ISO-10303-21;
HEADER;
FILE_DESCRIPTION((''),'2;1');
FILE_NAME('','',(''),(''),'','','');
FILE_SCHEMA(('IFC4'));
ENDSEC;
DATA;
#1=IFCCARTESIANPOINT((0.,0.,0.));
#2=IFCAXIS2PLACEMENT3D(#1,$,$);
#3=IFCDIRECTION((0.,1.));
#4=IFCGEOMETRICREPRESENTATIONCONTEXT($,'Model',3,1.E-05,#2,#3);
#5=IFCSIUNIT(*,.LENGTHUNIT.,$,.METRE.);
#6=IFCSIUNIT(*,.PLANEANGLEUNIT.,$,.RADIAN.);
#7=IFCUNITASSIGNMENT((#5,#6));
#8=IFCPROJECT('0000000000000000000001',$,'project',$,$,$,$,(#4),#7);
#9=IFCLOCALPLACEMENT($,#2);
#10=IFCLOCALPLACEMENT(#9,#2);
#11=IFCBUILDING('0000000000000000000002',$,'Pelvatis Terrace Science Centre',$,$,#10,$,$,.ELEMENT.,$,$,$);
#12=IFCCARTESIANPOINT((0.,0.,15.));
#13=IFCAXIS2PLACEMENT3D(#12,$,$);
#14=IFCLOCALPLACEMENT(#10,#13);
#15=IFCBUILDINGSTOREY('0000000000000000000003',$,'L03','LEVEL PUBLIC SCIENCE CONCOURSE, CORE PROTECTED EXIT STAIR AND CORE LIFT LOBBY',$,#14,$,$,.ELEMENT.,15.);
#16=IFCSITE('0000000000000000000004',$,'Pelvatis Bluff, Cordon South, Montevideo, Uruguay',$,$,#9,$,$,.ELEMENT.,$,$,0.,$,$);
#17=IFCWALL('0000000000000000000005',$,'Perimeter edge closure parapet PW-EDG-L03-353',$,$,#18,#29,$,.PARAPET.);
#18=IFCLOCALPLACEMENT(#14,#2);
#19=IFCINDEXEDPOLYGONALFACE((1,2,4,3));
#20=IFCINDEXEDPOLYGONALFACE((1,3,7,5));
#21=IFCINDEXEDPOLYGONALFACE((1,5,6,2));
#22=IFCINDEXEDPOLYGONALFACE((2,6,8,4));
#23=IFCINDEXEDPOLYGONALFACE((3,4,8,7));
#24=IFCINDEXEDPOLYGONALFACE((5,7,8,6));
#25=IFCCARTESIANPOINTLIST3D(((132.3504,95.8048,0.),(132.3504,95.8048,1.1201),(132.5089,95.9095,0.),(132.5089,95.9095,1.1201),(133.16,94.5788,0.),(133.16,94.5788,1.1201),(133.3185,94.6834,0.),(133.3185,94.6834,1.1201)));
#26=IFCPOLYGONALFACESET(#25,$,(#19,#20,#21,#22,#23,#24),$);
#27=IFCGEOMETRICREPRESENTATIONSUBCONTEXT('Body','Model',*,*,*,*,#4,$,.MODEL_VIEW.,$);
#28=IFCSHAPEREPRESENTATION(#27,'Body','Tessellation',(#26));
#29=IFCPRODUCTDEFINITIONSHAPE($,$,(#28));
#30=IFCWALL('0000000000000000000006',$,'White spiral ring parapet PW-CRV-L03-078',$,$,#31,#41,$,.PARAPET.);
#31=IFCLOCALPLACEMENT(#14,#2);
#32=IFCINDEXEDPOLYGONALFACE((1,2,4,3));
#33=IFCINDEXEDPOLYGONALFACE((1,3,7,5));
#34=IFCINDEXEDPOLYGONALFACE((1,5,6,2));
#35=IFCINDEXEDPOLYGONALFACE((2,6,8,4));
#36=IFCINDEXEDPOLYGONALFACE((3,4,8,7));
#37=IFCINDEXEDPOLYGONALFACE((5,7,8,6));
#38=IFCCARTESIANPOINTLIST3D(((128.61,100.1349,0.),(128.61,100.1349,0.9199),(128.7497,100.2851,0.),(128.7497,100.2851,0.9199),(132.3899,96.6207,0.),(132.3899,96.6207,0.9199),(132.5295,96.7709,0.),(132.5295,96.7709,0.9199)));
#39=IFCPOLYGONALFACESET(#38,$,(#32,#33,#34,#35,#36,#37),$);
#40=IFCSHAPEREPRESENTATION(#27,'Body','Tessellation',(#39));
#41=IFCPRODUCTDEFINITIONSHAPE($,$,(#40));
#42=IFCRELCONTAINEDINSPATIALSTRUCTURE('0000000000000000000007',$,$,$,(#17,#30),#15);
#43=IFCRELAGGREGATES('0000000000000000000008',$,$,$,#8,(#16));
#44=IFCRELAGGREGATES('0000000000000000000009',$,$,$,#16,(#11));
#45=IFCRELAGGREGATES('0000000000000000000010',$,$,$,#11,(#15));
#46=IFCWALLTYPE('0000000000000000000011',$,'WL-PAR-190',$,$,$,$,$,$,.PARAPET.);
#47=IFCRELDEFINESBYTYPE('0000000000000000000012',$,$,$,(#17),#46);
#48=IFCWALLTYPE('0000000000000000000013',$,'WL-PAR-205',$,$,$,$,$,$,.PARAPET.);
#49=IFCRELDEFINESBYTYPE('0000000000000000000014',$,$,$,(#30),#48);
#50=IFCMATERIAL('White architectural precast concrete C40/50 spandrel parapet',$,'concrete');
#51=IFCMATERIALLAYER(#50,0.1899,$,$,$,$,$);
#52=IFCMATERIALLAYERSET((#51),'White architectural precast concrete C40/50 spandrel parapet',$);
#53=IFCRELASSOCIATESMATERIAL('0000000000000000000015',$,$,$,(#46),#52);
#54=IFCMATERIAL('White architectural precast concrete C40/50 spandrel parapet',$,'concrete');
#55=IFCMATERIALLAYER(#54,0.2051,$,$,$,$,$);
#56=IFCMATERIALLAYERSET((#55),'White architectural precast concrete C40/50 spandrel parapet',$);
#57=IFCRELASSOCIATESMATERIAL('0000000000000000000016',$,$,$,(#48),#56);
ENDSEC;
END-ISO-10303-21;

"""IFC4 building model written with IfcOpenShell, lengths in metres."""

from ifc_helpers import new_model, si_unit, direction, frame, frame_2d, origin, place, context, subcontext, project, spatial, rectangle, extrude, material, layer, layer_set, type_object, element, save


model = new_model("IFC4")

# Units and contexts
model_context = context("Model", 3, precision=1e-05, world=origin(), true_north=direction((0.0, 1.0)))
body_context = subcontext(model_context, "Body", "Model", "MODEL_VIEW")
ifc_project = project(units=[si_unit("LENGTHUNIT", "METRE"), si_unit("PLANEANGLEUNIT", "RADIAN")], contexts=[model_context])

# Site, building, storey
site_placement = place(None, origin())
site = spatial("IfcSite", under=ifc_project, at=site_placement, Name="Pelvatis Bluff, Cordon South, Montevideo, Uruguay", CompositionType="ELEMENT", RefElevation=0.0)
building_placement = place(site_placement, origin())
building = spatial("IfcBuilding", under=site, at=building_placement, Name="Pelvatis Terrace Science Centre", CompositionType="ELEMENT")
storey_placement = place(building_placement, frame((0.0, 0.0, 15.0)))
storey = spatial("IfcBuildingStorey", under=building, at=storey_placement, Name="L03", Description="LEVEL PUBLIC SCIENCE CONCOURSE, CORE PROTECTED EXIT STAIR AND CORE LIFT LOBBY", CompositionType="ELEMENT", Elevation=15.0)

# Walls
ifc_material_1 = material(Name="White architectural precast concrete C40/50 spandrel parapet", Category="concrete")
ifc_layer_1 = layer(ifc_material_1, 0.1899)
ifc_layer_set_1 = layer_set([ifc_layer_1], Name="White architectural precast concrete C40/50 spandrel parapet")
wall_type_1 = type_object("IfcWallType", Name="WL-PAR-190", PredefinedType="PARAPET", material=ifc_layer_set_1)
wall_1_placement = place(storey_placement, frame((132.4297, 95.8572, 0.0), z_axis=(0.0, 0.0, 1.0), x_axis=(0.551014, -0.834496, 0.0)))
element("IfcWall", 1, at=wall_1_placement, inside=storey, type_object=wall_type_1, Name="Perimeter edge closure parapet PW-EDG-L03-353", PredefinedType="PARAPET", context=body_context, shape_type="SweptSolid", body=[
    extrude(rectangle(XDim=1.4692, YDim=0.1899, at=frame_2d((0.7346, 0.0))), origin(), (0.0, 0.0, 1.0), 1.1201),
])
ifc_material_2 = material(Name="White architectural precast concrete C40/50 spandrel parapet", Category="concrete")
ifc_layer_2 = layer(ifc_material_2, 0.2051)
ifc_layer_set_2 = layer_set([ifc_layer_2], Name="White architectural precast concrete C40/50 spandrel parapet")
wall_type_2 = type_object("IfcWallType", Name="WL-PAR-205", PredefinedType="PARAPET", material=ifc_layer_set_2)
wall_2_placement = place(storey_placement, frame((132.4597, 96.6958, 0.0), z_axis=(0.0, 0.0, 1.0), x_axis=(-0.732372, 0.680905, 0.0)))
element("IfcWall", 2, at=wall_2_placement, inside=storey, type_object=wall_type_2, Name="White spiral ring parapet PW-CRV-L03-078", PredefinedType="PARAPET", context=body_context, shape_type="SweptSolid", body=[
    extrude(rectangle(XDim=5.1611, YDim=0.2051, at=frame_2d((2.5806, 0.0))), origin(), (0.0, 0.0, 1.0), 0.9199),
])

save(model, "model.ifc")
